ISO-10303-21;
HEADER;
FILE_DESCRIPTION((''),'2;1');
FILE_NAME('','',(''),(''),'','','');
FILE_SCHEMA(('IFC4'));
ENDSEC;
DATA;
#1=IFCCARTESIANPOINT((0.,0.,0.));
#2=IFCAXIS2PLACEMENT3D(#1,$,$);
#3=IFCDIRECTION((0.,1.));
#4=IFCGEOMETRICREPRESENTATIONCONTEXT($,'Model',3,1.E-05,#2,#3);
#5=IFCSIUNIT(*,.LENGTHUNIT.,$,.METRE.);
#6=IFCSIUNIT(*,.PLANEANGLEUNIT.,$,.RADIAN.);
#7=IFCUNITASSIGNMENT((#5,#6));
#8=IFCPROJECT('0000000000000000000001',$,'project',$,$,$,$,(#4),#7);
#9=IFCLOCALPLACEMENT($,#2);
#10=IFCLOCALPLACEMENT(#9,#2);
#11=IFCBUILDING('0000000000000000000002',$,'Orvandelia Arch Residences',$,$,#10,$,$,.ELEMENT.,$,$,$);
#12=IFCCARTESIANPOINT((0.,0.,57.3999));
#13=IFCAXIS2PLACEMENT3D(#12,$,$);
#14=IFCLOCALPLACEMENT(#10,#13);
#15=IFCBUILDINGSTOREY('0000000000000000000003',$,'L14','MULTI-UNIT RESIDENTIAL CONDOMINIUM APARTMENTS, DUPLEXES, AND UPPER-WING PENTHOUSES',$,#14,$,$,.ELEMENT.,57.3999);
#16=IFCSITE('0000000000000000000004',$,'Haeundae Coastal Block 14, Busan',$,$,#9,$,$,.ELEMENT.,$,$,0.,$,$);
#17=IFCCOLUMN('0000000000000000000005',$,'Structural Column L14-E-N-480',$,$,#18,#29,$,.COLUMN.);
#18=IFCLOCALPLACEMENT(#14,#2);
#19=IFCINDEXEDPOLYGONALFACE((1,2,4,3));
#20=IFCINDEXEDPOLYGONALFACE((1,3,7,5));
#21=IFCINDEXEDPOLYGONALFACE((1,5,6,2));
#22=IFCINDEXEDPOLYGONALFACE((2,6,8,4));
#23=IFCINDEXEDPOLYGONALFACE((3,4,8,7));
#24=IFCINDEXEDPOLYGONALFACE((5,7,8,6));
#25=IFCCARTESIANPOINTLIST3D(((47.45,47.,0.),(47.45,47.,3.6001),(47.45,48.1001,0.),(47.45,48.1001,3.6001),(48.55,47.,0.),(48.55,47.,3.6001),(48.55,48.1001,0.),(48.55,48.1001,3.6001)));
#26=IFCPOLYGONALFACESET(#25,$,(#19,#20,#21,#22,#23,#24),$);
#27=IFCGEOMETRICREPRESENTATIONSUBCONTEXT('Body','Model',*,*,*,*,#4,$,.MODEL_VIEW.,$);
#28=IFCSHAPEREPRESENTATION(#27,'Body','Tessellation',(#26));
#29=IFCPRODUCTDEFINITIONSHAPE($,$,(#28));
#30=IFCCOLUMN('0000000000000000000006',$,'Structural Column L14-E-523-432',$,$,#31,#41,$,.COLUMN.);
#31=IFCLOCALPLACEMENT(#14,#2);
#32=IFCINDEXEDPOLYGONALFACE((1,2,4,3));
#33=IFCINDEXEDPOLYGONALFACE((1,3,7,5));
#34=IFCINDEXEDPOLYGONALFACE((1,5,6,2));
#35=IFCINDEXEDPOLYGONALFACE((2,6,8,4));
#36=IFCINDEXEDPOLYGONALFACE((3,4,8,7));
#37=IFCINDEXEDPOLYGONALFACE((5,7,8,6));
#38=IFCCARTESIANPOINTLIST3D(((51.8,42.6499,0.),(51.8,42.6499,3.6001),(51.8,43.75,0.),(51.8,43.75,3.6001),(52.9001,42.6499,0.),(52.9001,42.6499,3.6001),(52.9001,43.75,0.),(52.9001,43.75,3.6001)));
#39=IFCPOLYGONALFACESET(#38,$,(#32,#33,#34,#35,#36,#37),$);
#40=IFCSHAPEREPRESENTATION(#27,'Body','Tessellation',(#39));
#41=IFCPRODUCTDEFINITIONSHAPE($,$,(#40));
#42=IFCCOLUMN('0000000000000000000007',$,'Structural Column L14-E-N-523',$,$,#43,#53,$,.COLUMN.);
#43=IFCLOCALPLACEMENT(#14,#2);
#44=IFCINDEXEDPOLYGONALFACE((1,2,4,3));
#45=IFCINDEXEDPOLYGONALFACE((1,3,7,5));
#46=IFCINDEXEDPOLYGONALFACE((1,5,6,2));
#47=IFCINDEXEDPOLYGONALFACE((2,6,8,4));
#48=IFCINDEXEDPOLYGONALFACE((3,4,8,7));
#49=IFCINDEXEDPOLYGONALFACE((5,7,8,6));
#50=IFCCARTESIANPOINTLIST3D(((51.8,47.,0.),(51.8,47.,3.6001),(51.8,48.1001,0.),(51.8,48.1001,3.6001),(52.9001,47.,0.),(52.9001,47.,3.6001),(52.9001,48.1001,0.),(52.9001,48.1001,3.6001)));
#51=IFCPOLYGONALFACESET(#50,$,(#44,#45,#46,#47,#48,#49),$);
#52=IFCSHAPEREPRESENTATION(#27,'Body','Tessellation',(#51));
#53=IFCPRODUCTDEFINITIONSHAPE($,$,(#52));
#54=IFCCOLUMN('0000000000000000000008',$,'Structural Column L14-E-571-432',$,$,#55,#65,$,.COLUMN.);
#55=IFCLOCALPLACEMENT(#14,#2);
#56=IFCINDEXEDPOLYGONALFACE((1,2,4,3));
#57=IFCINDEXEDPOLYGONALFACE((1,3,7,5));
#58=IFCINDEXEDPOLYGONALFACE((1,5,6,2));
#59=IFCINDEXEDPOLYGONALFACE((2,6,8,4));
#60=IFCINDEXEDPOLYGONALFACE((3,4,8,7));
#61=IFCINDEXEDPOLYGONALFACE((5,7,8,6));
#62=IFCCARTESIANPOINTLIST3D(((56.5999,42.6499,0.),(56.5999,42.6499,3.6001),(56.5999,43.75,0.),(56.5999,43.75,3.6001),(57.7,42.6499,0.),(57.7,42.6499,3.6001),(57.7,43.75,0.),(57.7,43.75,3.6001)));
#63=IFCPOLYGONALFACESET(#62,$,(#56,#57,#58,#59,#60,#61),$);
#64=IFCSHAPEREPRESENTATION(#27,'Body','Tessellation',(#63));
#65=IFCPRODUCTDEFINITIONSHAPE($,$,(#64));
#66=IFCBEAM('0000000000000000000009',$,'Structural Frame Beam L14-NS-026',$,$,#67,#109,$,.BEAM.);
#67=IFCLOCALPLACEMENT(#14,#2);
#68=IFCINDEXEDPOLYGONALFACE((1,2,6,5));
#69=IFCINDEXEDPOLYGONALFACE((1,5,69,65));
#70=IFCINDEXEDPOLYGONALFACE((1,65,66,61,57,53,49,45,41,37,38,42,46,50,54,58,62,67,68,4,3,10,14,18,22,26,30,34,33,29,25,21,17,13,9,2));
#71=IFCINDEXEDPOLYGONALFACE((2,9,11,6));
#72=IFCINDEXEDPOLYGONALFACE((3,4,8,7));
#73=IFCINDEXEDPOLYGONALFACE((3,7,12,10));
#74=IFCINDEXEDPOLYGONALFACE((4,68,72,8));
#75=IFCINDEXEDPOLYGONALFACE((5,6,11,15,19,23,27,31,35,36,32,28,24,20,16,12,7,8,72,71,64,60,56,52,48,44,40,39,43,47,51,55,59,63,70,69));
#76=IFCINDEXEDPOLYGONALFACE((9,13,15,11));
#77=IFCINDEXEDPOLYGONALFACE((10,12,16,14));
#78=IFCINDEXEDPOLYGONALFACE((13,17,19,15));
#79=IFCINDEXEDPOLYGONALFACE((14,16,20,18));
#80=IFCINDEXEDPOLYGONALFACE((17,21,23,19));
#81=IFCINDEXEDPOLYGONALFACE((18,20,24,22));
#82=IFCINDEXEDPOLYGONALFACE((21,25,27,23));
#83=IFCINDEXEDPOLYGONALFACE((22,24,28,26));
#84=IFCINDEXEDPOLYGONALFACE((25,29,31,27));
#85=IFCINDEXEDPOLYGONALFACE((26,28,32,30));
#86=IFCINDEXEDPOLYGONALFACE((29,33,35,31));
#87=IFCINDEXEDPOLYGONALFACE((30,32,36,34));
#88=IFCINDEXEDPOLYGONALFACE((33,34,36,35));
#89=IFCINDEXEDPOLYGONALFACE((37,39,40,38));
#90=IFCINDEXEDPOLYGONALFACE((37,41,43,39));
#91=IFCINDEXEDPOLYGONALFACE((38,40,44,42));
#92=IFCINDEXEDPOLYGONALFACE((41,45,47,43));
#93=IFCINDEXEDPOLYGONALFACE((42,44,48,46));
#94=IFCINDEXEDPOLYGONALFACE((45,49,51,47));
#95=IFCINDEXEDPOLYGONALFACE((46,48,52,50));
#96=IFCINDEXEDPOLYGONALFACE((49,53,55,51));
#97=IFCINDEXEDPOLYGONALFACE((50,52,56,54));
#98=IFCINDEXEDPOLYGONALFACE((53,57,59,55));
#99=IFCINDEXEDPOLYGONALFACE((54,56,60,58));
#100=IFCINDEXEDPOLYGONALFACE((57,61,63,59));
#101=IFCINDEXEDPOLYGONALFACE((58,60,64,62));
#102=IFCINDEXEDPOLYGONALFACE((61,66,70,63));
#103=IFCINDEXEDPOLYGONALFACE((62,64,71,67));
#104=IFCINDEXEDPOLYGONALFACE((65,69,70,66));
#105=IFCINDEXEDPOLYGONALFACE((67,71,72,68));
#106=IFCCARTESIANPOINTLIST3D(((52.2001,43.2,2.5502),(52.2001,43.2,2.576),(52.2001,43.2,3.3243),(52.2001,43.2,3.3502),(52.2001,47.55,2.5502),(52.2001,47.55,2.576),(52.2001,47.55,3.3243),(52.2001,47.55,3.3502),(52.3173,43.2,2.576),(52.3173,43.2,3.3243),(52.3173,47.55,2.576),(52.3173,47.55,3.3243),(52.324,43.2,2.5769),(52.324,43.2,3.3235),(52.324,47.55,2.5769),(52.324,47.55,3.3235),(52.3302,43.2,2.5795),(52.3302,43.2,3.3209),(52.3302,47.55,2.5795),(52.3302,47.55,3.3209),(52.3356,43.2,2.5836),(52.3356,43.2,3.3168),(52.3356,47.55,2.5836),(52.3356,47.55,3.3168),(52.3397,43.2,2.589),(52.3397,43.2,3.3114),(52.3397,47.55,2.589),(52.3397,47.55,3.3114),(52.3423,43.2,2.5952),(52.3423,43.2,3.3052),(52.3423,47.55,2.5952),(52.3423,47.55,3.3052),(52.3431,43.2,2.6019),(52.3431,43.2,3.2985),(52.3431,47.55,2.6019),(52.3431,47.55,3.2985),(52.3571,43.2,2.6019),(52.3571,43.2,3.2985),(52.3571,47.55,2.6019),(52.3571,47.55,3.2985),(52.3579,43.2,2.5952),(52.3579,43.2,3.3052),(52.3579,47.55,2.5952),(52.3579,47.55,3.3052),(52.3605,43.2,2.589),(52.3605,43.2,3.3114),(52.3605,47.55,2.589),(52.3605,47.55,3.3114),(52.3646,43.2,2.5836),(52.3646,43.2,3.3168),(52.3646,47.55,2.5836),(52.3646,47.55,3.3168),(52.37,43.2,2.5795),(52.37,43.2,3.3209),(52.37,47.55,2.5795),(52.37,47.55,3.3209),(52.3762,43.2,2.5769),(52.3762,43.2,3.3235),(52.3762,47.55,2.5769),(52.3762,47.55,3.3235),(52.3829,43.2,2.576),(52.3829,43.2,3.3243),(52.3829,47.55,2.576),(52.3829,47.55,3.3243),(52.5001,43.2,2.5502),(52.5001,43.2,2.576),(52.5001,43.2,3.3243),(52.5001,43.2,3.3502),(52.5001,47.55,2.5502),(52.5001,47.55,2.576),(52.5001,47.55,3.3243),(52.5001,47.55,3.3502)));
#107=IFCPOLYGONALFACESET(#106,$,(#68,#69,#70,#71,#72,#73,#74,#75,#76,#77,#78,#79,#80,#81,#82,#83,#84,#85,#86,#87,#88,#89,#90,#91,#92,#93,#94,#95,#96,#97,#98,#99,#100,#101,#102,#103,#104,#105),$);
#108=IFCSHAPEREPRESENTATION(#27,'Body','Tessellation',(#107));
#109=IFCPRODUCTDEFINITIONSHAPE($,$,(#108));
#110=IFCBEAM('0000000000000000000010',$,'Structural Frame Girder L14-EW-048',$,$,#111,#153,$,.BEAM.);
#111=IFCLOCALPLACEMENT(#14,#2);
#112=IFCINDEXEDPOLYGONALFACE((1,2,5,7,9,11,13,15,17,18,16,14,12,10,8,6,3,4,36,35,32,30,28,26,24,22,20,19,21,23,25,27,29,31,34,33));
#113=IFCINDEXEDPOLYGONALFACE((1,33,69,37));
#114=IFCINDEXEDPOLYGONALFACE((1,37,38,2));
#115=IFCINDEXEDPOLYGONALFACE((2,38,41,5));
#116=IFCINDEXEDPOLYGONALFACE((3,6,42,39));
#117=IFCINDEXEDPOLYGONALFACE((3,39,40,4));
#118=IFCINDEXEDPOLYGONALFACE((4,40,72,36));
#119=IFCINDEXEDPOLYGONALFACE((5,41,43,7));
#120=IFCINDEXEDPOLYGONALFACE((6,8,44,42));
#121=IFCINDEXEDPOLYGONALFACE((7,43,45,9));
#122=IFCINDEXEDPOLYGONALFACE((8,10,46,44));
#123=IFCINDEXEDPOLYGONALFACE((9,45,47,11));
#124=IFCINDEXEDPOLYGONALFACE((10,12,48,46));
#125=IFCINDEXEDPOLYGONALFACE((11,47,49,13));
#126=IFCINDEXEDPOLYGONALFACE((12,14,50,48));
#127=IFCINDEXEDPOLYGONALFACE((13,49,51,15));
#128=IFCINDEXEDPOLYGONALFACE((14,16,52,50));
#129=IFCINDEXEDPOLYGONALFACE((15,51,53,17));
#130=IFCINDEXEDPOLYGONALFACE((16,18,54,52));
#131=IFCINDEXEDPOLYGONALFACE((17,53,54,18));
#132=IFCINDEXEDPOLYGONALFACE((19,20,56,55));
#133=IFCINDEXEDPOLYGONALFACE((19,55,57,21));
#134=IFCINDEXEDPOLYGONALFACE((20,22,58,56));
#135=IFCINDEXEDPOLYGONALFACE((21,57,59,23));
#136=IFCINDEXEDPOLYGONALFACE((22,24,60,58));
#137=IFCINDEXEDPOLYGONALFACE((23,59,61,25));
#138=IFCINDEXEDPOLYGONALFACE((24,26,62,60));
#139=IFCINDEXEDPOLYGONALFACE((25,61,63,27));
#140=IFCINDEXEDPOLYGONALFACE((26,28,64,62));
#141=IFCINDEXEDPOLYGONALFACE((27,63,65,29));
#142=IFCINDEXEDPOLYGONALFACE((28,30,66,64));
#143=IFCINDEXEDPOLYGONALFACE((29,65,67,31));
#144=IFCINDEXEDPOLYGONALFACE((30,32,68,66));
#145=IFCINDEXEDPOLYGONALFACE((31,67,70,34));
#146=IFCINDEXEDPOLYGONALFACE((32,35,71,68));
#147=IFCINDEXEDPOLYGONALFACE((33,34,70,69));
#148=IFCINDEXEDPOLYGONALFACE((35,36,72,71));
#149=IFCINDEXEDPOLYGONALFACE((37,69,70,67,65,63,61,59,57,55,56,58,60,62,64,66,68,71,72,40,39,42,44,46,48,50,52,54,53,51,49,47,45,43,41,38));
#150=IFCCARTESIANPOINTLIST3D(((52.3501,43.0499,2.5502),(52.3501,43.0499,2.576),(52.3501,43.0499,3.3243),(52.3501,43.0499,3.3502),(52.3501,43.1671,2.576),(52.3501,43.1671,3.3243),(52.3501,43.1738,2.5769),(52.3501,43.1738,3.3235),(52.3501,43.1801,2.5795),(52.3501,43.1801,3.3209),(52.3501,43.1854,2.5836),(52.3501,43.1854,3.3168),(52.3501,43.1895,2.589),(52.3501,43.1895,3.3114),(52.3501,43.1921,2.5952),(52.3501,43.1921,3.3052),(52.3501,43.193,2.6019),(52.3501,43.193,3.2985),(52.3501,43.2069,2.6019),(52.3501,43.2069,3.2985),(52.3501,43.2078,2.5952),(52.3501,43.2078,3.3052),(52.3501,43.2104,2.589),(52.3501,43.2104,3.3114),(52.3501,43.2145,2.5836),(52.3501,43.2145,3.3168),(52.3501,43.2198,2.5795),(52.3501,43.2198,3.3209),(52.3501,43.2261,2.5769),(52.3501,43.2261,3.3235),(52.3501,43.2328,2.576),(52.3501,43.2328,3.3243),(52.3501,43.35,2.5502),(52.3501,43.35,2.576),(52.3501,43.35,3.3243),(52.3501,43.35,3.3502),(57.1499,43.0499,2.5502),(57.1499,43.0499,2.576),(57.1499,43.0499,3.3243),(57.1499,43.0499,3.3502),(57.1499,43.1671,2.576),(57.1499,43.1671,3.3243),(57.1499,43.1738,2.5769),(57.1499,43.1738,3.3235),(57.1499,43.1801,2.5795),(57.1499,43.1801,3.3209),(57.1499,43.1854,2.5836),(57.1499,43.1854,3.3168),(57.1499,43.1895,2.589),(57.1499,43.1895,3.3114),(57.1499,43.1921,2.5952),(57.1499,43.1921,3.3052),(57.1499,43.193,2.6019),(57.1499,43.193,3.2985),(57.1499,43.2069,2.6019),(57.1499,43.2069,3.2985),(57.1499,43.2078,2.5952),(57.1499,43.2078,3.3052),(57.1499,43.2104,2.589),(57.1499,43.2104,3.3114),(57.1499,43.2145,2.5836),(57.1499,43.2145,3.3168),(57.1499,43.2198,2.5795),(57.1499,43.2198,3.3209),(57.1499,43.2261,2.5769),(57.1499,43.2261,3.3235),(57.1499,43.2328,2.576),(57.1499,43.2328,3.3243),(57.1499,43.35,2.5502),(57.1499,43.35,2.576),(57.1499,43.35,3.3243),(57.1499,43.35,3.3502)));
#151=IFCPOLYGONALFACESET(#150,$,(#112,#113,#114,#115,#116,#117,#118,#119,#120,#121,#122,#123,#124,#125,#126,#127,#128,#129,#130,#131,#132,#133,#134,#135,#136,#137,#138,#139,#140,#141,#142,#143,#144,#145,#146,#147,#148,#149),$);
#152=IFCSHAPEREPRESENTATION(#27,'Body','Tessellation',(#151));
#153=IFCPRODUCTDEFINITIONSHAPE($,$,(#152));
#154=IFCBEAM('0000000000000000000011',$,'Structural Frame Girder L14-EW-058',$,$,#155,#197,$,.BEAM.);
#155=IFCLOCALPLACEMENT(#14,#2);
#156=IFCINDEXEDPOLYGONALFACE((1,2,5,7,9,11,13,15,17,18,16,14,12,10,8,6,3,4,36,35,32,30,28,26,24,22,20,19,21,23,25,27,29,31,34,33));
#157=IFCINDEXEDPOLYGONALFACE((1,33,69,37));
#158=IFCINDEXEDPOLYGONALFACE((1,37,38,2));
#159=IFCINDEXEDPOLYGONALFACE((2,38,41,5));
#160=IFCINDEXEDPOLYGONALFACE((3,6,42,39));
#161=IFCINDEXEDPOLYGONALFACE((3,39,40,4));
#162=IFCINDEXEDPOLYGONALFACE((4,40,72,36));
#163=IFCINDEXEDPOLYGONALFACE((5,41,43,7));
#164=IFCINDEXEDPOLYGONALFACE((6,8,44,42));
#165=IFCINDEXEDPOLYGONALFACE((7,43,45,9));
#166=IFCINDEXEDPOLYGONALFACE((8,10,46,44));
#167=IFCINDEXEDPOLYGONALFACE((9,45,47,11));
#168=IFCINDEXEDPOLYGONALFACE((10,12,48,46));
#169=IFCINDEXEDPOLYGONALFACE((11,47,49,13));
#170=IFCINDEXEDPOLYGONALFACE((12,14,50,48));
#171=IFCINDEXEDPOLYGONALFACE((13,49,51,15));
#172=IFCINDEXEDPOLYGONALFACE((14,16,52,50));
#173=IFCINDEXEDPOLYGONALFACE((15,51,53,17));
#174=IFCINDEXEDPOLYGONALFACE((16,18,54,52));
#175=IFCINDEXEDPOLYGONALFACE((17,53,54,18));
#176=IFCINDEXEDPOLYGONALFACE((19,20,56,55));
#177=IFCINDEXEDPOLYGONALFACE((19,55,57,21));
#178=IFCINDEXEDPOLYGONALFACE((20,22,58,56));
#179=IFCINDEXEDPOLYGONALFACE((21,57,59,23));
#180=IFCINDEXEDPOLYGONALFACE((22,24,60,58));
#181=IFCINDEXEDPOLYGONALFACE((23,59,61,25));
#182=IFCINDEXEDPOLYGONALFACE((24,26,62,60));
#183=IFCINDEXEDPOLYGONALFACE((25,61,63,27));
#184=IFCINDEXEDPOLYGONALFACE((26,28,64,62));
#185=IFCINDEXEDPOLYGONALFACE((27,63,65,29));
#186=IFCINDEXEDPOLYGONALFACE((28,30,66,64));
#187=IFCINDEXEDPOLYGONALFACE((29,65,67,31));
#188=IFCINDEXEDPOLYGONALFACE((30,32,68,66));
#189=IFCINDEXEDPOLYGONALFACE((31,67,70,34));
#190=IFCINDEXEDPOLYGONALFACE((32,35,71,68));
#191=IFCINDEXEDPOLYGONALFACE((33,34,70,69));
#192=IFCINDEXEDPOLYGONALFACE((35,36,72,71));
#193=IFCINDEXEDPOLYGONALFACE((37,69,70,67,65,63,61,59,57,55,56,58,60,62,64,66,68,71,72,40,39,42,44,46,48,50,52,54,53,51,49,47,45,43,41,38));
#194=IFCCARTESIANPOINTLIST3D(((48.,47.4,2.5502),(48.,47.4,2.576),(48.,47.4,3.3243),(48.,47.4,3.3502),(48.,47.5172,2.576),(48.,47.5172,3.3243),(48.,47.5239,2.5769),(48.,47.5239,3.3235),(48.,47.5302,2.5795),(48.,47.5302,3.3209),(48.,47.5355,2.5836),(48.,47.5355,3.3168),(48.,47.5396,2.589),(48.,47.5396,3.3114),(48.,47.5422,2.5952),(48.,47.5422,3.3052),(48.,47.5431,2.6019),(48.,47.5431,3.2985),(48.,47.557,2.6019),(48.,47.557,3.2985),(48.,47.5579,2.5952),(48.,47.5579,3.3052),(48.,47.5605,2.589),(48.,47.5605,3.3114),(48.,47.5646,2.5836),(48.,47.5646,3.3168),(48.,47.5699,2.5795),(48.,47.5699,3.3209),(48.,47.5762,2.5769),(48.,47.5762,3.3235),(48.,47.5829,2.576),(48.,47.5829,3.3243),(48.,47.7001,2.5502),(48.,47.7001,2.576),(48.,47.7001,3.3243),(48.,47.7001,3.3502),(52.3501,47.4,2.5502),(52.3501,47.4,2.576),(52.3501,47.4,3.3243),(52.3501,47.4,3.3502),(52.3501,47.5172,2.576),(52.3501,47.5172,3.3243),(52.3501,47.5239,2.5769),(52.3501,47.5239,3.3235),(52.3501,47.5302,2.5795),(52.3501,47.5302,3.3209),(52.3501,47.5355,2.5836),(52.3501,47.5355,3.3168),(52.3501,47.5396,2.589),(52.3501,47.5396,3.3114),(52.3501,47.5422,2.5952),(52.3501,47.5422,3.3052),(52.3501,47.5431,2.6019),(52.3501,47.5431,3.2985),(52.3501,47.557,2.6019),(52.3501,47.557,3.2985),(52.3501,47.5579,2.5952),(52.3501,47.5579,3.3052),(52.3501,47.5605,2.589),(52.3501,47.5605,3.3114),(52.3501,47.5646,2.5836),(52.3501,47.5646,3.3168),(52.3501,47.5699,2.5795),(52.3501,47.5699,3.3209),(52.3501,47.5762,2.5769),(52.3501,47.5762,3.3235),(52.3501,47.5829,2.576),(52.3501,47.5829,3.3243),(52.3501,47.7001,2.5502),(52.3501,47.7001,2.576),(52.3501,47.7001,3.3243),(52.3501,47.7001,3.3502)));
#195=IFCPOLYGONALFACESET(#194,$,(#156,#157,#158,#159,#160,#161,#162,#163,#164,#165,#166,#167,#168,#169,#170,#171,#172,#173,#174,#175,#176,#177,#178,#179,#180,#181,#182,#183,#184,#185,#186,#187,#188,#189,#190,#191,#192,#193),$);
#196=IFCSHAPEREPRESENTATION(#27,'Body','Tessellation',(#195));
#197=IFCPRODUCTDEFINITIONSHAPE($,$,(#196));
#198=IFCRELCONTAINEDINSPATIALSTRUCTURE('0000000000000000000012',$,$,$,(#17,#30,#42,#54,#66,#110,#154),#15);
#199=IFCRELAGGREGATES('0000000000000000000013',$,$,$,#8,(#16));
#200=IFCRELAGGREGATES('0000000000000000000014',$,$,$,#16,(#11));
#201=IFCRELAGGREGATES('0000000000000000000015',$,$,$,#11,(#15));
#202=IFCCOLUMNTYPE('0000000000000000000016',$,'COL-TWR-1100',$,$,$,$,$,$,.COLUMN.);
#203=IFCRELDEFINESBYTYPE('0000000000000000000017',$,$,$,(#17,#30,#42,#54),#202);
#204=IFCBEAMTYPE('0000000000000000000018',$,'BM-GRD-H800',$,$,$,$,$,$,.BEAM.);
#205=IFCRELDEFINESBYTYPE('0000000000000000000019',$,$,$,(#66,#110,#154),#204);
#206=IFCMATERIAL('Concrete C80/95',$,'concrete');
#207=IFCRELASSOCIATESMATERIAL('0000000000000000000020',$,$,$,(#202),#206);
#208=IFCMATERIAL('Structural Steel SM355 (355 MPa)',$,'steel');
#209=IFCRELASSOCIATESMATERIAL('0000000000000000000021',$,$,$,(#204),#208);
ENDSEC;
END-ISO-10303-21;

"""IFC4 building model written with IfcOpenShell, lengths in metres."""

from ifc_helpers import new_model, si_unit, direction, frame, origin, origin_2d, place, context, subcontext, project, spatial, rectangle, i_section, extrude, material, material_profile, profile_set, type_object, element, save


model = new_model("IFC4")

# Units and contexts
model_context = context("Model", 3, precision=1e-05, world=origin(), true_north=direction((0.0, 1.0)))
body_context = subcontext(model_context, "Body", "Model", "MODEL_VIEW")
ifc_project = project(units=[si_unit("LENGTHUNIT", "METRE"), si_unit("PLANEANGLEUNIT", "RADIAN")], contexts=[model_context])

# Site, building, storey
site_placement = place(None, origin())
site = spatial("IfcSite", under=ifc_project, at=site_placement, Name="Haeundae Coastal Block 14, Busan", CompositionType="ELEMENT", RefElevation=0.0)
building_placement = place(site_placement, origin())
building = spatial("IfcBuilding", under=site, at=building_placement, Name="Orvandelia Arch Residences", CompositionType="ELEMENT")
storey_placement = place(building_placement, frame((0.0, 0.0, 57.3999)))
storey = spatial("IfcBuildingStorey", under=building, at=storey_placement, Name="L14", Description="MULTI-UNIT RESIDENTIAL CONDOMINIUM APARTMENTS, DUPLEXES, AND UPPER-WING PENTHOUSES", CompositionType="ELEMENT", Elevation=57.3999)

# Columns
ifc_material_1 = material(Name="Concrete C80/95", Category="concrete")
ifc_material_profile_1 = material_profile(ifc_material_1, rectangle(XDim=1.1001, YDim=1.1001, at=origin_2d()), Name="Concrete C80/95", Category="concrete")
ifc_profile_set_1 = profile_set([ifc_material_profile_1], Name="Concrete C80/95")
column_type = type_object("IfcColumnType", Name="COL-TWR-1100", PredefinedType="COLUMN", material=ifc_profile_set_1)
for number, where, z_axis, x_axis, name in (
    (1, (48.0, 47.55, 0.0), (0.0, 0.0, 1.0), (1.0, 0.0, 0.0), "Structural Column L14-E-N-480"),
    (2, (52.3501, 43.2, 0.0), (0.0, 0.0, 1.0), (1.0, 0.0, 0.0), "Structural Column L14-E-523-432"),
    (3, (52.3501, 47.55, 0.0), (0.0, 0.0, 1.0), (1.0, 0.0, 0.0), "Structural Column L14-E-N-523"),
    (4, (57.1499, 43.2, 0.0), (0.0, 0.0, 1.0), (1.0, 0.0, 0.0), "Structural Column L14-E-571-432"),
):
    element("IfcColumn", number, at=place(storey_placement, frame(where, z_axis=z_axis, x_axis=x_axis)), inside=storey, type_object=column_type, Name=name, PredefinedType="COLUMN", context=body_context, shape_type="SweptSolid", body=[
        extrude(rectangle(XDim=1.1001, YDim=1.1001, at=origin_2d()), origin(), (0.0, 0.0, 1.0), 3.6001),
    ])

# Beams
ifc_material_2 = material(Name="Structural Steel SM355 (355 MPa)", Category="steel")
ifc_material_profile_2 = material_profile(ifc_material_2, i_section(OverallWidth=0.3, OverallDepth=0.8, WebThickness=0.0139, FlangeThickness=0.0259, FilletRadius=0.0259, at=origin_2d()), Name="Structural Steel SM355 (355 MPa)", Category="steel")
ifc_profile_set_2 = profile_set([ifc_material_profile_2], Name="Structural Steel SM355 (355 MPa)")
beam_type = type_object("IfcBeamType", Name="BM-GRD-H800", PredefinedType="BEAM", material=ifc_profile_set_2)
beam_1_placement = place(storey_placement, frame((52.3501, 43.2, 2.9502), z_axis=(0.0, 1.0, 0.0), x_axis=(-1.0, 0.0, 0.0)))
element("IfcBeam", 5, at=beam_1_placement, inside=storey, type_object=beam_type, Name="Structural Frame Beam L14-NS-026", PredefinedType="BEAM", context=body_context, shape_type="SweptSolid", body=[
    extrude(i_section(OverallWidth=0.3, OverallDepth=0.8, WebThickness=0.0139, FlangeThickness=0.0259, FilletRadius=0.0259, at=origin_2d()), origin(), (0.0, 0.0, 1.0), 4.3501),
])
beam_2_placement = place(storey_placement, frame((52.3501, 43.2, 2.9502), z_axis=(1.0, 0.0, 0.0), x_axis=(0.0, 1.0, 0.0)))
element("IfcBeam", 6, at=beam_2_placement, inside=storey, type_object=beam_type, Name="Structural Frame Girder L14-EW-048", PredefinedType="BEAM", context=body_context, shape_type="SweptSolid", body=[
    extrude(i_section(OverallWidth=0.3, OverallDepth=0.8, WebThickness=0.0139, FlangeThickness=0.0259, FilletRadius=0.0259, at=origin_2d()), origin(), (0.0, 0.0, 1.0), 4.7998),
])
beam_3_placement = place(storey_placement, frame((48.0, 47.55, 2.9502), z_axis=(1.0, 0.0, 0.0), x_axis=(0.0, 1.0, 0.0)))
element("IfcBeam", 7, at=beam_3_placement, inside=storey, type_object=beam_type, Name="Structural Frame Girder L14-EW-058", PredefinedType="BEAM", context=body_context, shape_type="SweptSolid", body=[
    extrude(i_section(OverallWidth=0.3, OverallDepth=0.8, WebThickness=0.0139, FlangeThickness=0.0259, FilletRadius=0.0259, at=origin_2d()), origin(), (0.0, 0.0, 1.0), 4.3501),
])

save(model, "model.ifc")
